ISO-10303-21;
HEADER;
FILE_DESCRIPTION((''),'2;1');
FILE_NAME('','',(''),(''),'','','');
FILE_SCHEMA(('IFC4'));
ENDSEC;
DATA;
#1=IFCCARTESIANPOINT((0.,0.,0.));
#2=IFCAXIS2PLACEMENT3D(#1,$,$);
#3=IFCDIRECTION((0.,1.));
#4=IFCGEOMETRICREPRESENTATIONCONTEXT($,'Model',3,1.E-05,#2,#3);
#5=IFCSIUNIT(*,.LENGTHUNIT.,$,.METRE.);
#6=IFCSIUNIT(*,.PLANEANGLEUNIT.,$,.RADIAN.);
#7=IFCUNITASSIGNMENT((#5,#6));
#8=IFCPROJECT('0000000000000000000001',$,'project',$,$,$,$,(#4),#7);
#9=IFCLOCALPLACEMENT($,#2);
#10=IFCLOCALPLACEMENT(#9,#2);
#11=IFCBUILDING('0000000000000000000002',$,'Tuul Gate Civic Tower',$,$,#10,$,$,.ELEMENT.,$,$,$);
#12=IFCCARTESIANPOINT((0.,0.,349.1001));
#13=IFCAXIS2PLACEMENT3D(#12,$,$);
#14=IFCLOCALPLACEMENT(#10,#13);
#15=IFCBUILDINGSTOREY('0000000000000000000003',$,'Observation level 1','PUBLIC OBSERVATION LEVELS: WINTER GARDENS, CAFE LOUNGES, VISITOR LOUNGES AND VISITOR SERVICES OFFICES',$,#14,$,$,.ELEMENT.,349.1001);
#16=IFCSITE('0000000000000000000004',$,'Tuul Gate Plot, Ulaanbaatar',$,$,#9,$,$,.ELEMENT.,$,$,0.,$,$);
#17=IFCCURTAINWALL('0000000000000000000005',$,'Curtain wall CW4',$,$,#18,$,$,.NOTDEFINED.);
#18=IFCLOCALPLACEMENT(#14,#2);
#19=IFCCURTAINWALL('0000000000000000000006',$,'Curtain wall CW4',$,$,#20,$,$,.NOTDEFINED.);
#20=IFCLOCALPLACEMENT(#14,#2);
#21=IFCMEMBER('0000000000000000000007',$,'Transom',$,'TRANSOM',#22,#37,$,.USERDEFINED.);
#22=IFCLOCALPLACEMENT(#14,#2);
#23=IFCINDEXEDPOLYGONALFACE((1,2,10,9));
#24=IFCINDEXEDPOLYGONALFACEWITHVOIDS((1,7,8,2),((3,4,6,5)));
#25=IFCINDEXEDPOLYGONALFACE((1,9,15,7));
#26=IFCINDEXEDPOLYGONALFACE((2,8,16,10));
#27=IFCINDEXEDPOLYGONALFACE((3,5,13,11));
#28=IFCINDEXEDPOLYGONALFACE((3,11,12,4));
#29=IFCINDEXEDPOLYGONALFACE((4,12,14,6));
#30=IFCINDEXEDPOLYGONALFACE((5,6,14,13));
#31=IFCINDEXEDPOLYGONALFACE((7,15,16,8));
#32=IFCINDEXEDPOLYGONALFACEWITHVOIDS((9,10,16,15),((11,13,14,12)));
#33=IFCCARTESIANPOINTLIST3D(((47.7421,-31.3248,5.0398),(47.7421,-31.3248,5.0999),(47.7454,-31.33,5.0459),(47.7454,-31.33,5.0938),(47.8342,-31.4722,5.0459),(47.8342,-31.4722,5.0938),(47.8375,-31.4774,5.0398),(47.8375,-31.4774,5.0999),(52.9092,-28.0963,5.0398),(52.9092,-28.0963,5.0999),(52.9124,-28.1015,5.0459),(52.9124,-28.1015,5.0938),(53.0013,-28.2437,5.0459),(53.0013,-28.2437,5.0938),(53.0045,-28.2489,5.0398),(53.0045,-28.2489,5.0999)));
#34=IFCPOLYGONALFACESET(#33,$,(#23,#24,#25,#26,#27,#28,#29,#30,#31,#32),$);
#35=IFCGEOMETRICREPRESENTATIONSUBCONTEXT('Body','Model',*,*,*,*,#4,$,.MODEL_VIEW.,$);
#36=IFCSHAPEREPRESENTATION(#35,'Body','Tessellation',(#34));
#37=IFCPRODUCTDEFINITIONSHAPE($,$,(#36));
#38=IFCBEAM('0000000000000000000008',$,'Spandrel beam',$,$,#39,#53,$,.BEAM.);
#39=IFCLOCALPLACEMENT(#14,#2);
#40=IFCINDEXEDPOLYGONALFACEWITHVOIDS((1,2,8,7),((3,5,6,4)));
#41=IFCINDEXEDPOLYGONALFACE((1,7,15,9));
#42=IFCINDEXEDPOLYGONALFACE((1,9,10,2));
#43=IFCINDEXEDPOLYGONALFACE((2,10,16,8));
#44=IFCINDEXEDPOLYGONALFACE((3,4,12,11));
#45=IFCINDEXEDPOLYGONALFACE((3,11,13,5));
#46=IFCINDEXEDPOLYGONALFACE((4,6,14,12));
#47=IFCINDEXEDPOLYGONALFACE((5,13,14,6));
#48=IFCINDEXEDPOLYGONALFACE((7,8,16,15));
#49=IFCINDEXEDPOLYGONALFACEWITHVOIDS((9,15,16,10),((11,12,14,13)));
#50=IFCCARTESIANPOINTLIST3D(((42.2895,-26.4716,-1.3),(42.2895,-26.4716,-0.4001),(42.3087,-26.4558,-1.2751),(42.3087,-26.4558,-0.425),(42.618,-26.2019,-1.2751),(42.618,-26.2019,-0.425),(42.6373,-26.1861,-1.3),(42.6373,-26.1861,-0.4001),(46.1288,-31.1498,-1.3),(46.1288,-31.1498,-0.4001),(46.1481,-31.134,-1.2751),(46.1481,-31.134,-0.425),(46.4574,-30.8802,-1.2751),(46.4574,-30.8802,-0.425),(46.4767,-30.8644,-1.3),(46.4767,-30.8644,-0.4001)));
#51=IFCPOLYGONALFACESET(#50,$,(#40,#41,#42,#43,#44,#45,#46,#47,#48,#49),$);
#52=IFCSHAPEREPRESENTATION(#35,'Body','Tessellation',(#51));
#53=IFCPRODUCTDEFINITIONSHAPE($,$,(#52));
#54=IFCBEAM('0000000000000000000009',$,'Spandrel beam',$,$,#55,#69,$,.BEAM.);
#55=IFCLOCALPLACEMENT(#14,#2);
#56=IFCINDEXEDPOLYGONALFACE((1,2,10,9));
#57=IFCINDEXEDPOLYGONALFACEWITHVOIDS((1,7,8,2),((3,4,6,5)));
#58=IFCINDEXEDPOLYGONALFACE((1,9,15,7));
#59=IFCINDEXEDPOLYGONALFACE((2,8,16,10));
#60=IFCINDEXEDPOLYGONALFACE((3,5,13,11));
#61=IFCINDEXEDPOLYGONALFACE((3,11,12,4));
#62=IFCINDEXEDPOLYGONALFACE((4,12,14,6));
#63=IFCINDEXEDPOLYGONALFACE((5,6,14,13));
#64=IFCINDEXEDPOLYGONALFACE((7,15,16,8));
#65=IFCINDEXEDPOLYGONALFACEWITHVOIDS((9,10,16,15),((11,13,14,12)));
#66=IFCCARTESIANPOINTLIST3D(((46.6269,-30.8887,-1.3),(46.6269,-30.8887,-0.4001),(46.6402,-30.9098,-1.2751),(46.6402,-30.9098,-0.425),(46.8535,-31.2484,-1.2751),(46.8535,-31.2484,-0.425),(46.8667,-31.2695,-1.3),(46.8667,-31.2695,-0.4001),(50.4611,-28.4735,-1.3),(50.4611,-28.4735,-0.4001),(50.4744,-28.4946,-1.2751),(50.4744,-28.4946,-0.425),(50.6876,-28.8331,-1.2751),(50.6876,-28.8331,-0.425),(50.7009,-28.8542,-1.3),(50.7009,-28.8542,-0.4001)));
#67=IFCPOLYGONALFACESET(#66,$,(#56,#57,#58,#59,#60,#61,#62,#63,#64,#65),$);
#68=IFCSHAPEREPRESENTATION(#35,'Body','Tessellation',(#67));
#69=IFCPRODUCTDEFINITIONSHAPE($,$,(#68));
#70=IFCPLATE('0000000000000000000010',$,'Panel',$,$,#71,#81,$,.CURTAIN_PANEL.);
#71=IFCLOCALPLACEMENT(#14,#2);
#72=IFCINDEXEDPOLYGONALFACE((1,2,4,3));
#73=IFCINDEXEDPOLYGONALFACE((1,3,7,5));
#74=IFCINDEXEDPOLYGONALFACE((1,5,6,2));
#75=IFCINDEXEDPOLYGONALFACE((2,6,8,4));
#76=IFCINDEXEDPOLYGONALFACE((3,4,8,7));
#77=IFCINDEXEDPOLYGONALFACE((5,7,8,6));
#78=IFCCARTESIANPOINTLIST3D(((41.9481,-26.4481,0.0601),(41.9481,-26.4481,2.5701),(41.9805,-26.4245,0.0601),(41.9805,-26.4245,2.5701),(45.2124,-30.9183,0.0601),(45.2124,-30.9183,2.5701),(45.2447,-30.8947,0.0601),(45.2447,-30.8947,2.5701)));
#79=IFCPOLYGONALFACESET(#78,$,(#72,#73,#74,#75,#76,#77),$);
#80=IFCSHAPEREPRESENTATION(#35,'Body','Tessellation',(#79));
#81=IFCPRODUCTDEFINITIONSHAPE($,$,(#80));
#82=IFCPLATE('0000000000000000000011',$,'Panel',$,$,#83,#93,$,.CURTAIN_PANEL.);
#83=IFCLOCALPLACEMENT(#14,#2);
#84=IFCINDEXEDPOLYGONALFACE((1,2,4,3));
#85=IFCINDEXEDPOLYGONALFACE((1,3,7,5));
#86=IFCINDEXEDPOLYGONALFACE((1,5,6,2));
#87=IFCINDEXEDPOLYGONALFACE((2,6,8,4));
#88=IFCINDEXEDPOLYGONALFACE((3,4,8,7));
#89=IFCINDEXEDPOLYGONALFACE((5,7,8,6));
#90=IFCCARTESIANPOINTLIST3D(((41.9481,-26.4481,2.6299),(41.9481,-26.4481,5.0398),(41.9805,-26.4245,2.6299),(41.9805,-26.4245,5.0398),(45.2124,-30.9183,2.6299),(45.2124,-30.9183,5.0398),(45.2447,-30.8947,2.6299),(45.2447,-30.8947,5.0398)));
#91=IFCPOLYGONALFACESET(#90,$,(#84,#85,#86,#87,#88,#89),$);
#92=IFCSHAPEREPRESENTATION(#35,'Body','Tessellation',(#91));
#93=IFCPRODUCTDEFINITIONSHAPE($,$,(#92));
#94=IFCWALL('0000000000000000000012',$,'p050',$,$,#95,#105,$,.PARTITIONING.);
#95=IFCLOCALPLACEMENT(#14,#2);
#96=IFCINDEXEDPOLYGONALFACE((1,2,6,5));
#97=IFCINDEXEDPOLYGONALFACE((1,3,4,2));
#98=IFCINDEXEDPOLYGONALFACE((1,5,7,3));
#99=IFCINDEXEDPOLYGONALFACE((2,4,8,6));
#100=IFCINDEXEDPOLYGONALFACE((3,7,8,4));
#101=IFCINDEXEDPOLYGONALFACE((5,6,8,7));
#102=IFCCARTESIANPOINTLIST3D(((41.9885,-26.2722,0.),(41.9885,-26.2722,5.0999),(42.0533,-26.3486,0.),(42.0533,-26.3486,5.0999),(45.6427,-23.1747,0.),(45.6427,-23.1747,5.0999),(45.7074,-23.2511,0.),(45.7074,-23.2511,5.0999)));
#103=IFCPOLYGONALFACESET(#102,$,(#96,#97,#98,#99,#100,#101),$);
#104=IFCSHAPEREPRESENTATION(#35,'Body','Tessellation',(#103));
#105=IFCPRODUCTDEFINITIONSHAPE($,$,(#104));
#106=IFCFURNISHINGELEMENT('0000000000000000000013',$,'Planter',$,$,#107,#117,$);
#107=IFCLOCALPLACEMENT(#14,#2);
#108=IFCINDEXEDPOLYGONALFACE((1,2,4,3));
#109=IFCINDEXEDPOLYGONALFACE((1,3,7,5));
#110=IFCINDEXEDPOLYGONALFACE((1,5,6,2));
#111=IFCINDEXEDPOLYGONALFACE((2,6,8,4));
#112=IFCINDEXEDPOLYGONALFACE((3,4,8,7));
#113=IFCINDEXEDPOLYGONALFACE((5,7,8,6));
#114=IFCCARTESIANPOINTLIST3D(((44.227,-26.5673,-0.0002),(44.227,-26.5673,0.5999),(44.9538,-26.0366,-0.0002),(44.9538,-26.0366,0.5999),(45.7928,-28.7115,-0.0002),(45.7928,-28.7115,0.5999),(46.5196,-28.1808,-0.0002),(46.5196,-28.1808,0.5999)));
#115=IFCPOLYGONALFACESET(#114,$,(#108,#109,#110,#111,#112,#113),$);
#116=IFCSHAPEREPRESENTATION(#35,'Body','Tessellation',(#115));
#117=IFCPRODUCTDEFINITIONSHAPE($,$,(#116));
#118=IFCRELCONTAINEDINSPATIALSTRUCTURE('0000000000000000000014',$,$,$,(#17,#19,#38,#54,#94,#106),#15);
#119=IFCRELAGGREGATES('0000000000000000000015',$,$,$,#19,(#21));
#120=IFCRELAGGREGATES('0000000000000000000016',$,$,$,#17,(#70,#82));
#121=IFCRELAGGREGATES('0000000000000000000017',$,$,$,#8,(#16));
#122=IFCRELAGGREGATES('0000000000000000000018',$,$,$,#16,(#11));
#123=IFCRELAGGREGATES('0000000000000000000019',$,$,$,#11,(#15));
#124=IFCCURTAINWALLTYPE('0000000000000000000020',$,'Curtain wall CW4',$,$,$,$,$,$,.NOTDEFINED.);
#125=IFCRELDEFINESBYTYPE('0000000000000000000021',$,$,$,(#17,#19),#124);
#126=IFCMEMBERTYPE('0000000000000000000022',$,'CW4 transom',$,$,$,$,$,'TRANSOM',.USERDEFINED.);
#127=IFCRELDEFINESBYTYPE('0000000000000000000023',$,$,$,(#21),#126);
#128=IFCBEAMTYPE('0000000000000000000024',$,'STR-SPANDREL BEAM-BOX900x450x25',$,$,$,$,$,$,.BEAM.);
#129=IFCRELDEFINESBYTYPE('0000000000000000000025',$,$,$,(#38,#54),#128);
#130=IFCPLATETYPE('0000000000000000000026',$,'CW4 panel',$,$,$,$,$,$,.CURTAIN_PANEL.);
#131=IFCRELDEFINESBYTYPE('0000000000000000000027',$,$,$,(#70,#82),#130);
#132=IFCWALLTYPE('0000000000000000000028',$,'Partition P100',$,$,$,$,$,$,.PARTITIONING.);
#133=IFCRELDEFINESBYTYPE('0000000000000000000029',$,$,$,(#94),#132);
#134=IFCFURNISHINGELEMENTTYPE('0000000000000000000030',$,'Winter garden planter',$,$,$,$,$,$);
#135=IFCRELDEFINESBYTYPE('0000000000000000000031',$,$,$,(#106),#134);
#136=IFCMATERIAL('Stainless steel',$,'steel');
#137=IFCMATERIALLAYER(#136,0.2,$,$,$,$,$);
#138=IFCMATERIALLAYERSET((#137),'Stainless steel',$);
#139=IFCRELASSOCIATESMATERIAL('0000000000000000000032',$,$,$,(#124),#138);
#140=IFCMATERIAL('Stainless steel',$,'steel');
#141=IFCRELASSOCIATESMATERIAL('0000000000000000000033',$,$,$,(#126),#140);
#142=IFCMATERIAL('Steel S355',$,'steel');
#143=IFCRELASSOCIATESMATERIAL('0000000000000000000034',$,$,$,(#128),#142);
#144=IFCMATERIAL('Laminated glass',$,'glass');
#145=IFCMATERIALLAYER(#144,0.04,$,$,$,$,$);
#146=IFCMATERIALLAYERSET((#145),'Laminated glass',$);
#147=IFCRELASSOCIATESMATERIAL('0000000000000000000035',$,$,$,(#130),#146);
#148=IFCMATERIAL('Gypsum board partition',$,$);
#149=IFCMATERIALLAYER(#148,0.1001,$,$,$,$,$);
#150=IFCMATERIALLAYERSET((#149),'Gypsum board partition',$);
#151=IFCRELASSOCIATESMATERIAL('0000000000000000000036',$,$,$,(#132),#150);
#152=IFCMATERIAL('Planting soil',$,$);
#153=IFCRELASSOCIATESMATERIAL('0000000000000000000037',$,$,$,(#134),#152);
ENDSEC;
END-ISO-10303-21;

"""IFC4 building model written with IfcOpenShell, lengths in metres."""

from ifc_helpers import new_model, si_unit, direction, frame, frame_2d, origin, origin_2d, place, context, subcontext, project, spatial, rectangle, hollow_rectangle, extrude, material, layer, layer_set, material_profile, profile_set, type_object, element, aggregate, save


model = new_model("IFC4")

# Units and contexts
model_context = context("Model", 3, precision=1e-05, world=origin(), true_north=direction((0.0, 1.0)))
body_context = subcontext(model_context, "Body", "Model", "MODEL_VIEW")
ifc_project = project(units=[si_unit("LENGTHUNIT", "METRE"), si_unit("PLANEANGLEUNIT", "RADIAN")], contexts=[model_context])

# Site, building, storey
site_placement = place(None, origin())
site = spatial("IfcSite", under=ifc_project, at=site_placement, Name="Tuul Gate Plot, Ulaanbaatar", CompositionType="ELEMENT", RefElevation=0.0)
building_placement = place(site_placement, origin())
building = spatial("IfcBuilding", under=site, at=building_placement, Name="Tuul Gate Civic Tower", CompositionType="ELEMENT")
storey_placement = place(building_placement, frame((0.0, 0.0, 349.1001)))
storey = spatial("IfcBuildingStorey", under=building, at=storey_placement, Name="Observation level 1", Description="PUBLIC OBSERVATION LEVELS: WINTER GARDENS, CAFE LOUNGES, VISITOR LOUNGES AND VISITOR SERVICES OFFICES", CompositionType="ELEMENT", Elevation=349.1001)

# Shared definitions
ifc_material_1 = material(Name="Stainless steel", Category="steel")
ifc_layer_1 = layer(ifc_material_1, 0.2)
ifc_layer_set_1 = layer_set([ifc_layer_1], Name="Stainless steel")
curtain_wall_type = type_object("IfcCurtainWallType", Name="Curtain wall CW4", PredefinedType="NOTDEFINED", material=ifc_layer_set_1)

# Curtain wall
curtain_wall_1_placement = place(storey_placement, origin())
curtain_wall_1 = element("IfcCurtainWall", 1, at=curtain_wall_1_placement, inside=storey, type_object=curtain_wall_type, Name="Curtain wall CW4", PredefinedType="NOTDEFINED")

# Curtain wall
curtain_wall_2_placement = place(storey_placement, origin())
curtain_wall_2 = element("IfcCurtainWall", 2, at=curtain_wall_2_placement, inside=storey, type_object=curtain_wall_type, Name="Curtain wall CW4", PredefinedType="NOTDEFINED")

# Member
ifc_material_2 = material(Name="Stainless steel", Category="steel")
ifc_material_profile_1 = material_profile(ifc_material_2, hollow_rectangle(XDim=0.1799, YDim=0.0601, WallThickness=0.0061, at=origin_2d()), Name="CW4 transom")
ifc_profile_set_1 = profile_set([ifc_material_profile_1], Name="Stainless steel")
member_type_1 = type_object("IfcMemberType", Name="CW4 transom", ElementType="TRANSOM", PredefinedType="USERDEFINED", material=ifc_profile_set_1)
member_1_placement = place(storey_placement, frame((47.7898, -31.4011, 5.0698), z_axis=(0.848061, 0.529898, 0.0), x_axis=(-0.529898, 0.848061, 0.0)))
member_1 = element("IfcMember", 3, at=member_1_placement, type_object=member_type_1, Name="Transom", ObjectType="TRANSOM", PredefinedType="USERDEFINED", context=body_context, shape_type="SweptSolid", body=[
    extrude(hollow_rectangle(XDim=0.1799, YDim=0.0601, WallThickness=0.0061, at=origin_2d()), origin(), (0.0, 0.0, 1.0), 6.0928),
])
aggregate(curtain_wall_2, [member_1])

# Beams
ifc_material_3 = material(Name="Steel S355", Category="steel")
ifc_material_profile_2 = material_profile(ifc_material_3, hollow_rectangle(XDim=0.45, YDim=0.8999, WallThickness=0.0249, at=origin_2d()), Name="BOX900x450x25")
ifc_profile_set_2 = profile_set([ifc_material_profile_2], Name="Steel S355")
beam_type = type_object("IfcBeamType", Name="STR-SPANDREL BEAM-BOX900x450x25", PredefinedType="BEAM", material=ifc_profile_set_2)
beam_1_placement = place(storey_placement, frame((42.4634, -26.3289, -0.8501), z_axis=(0.634397, -0.773007, 0.0), x_axis=(0.773007, 0.634397, 0.0)))
element("IfcBeam", 4, at=beam_1_placement, inside=storey, type_object=beam_type, Name="Spandrel beam", PredefinedType="BEAM", context=body_context, shape_type="SweptSolid", body=[
    extrude(hollow_rectangle(XDim=0.45, YDim=0.8999, WallThickness=0.0249, at=origin_2d()), origin(), (0.0, 0.0, 1.0), 6.052),
])
beam_2_placement = place(storey_placement, frame((46.7468, -31.0791, -0.8501), z_axis=(0.846119, 0.532993, 0.0), x_axis=(-0.532993, 0.846119, 0.0)))
element("IfcBeam", 5, at=beam_2_placement, inside=storey, type_object=beam_type, Name="Spandrel beam", PredefinedType="BEAM", context=body_context, shape_type="SweptSolid", body=[
    extrude(hollow_rectangle(XDim=0.45, YDim=0.8999, WallThickness=0.0249, at=origin_2d()), origin(), (0.0, 0.0, 1.0), 4.5315),
])

# Plates
ifc_material_4 = material(Name="Laminated glass", Category="glass")
ifc_layer_2 = layer(ifc_material_4, 0.04)
ifc_layer_set_2 = layer_set([ifc_layer_2], Name="Laminated glass")
plate_type = type_object("IfcPlateType", Name="CW4 panel", PredefinedType="CURTAIN_PANEL", material=ifc_layer_set_2)
plate_1_placement = place(storey_placement, frame((43.5964, -28.6714, 0.0601), z_axis=(0.0, 0.0, 1.0), x_axis=(0.589737, -0.807595, 0.0)))
plate_1 = element("IfcPlate", 6, at=plate_1_placement, type_object=plate_type, Name="Panel", PredefinedType="CURTAIN_PANEL", context=body_context, shape_type="SweptSolid", body=[
    extrude(rectangle(XDim=5.5352, YDim=0.04, at=origin_2d()), origin(), (0.0, 0.0, 1.0), 2.51),
])
plate_2_placement = place(storey_placement, frame((43.5964, -28.6714, 2.6299), z_axis=(0.0, 0.0, 1.0), x_axis=(0.589737, -0.807595, 0.0)))
plate_2 = element("IfcPlate", 7, at=plate_2_placement, type_object=plate_type, Name="Panel", PredefinedType="CURTAIN_PANEL", context=body_context, shape_type="SweptSolid", body=[
    extrude(rectangle(XDim=5.5352, YDim=0.04, at=origin_2d()), origin(), (0.0, 0.0, 1.0), 2.4099),
])
aggregate(curtain_wall_1, [plate_1, plate_2])

# Wall
ifc_material_5 = material(Name="Gypsum board partition")
ifc_layer_3 = layer(ifc_material_5, 0.1001)
ifc_layer_set_3 = layer_set([ifc_layer_3], Name="Gypsum board partition")
wall_type = type_object("IfcWallType", Name="Partition P100", PredefinedType="PARTITIONING", material=ifc_layer_set_3)
wall_placement = place(storey_placement, frame((42.021, -26.3103, 0.0), z_axis=(0.0, 0.0, 1.0), x_axis=(0.762818, 0.646614, 0.0)))
element("IfcWall", 8, at=wall_placement, inside=storey, type_object=wall_type, Name="p050", PredefinedType="PARTITIONING", context=body_context, shape_type="SweptSolid", body=[
    extrude(rectangle(XDim=4.7903, YDim=0.1001, at=frame_2d((2.395, 0.0))), origin(), (0.0, 0.0, 1.0), 5.0999),
])

# Furnishing element
ifc_material_6 = material(Name="Planting soil")
furnishing_element_type = type_object("IfcFurnishingElementType", Name="Winter garden planter", material=ifc_material_6)
furnishing_placement = place(storey_placement, frame((45.3733, -27.374, -0.0002), z_axis=(0.0, 0.0, 1.0), x_axis=(0.589737, -0.807595, 0.0)))
element("IfcFurnishingElement", 9, at=furnishing_placement, inside=storey, type_object=furnishing_element_type, Name="Planter", context=body_context, shape_type="SweptSolid", body=[
    extrude(rectangle(XDim=2.655, YDim=0.8999, at=origin_2d()), origin(), (0.0, 0.0, 1.0), 0.6001),
])

save(model, "model.ifc")
